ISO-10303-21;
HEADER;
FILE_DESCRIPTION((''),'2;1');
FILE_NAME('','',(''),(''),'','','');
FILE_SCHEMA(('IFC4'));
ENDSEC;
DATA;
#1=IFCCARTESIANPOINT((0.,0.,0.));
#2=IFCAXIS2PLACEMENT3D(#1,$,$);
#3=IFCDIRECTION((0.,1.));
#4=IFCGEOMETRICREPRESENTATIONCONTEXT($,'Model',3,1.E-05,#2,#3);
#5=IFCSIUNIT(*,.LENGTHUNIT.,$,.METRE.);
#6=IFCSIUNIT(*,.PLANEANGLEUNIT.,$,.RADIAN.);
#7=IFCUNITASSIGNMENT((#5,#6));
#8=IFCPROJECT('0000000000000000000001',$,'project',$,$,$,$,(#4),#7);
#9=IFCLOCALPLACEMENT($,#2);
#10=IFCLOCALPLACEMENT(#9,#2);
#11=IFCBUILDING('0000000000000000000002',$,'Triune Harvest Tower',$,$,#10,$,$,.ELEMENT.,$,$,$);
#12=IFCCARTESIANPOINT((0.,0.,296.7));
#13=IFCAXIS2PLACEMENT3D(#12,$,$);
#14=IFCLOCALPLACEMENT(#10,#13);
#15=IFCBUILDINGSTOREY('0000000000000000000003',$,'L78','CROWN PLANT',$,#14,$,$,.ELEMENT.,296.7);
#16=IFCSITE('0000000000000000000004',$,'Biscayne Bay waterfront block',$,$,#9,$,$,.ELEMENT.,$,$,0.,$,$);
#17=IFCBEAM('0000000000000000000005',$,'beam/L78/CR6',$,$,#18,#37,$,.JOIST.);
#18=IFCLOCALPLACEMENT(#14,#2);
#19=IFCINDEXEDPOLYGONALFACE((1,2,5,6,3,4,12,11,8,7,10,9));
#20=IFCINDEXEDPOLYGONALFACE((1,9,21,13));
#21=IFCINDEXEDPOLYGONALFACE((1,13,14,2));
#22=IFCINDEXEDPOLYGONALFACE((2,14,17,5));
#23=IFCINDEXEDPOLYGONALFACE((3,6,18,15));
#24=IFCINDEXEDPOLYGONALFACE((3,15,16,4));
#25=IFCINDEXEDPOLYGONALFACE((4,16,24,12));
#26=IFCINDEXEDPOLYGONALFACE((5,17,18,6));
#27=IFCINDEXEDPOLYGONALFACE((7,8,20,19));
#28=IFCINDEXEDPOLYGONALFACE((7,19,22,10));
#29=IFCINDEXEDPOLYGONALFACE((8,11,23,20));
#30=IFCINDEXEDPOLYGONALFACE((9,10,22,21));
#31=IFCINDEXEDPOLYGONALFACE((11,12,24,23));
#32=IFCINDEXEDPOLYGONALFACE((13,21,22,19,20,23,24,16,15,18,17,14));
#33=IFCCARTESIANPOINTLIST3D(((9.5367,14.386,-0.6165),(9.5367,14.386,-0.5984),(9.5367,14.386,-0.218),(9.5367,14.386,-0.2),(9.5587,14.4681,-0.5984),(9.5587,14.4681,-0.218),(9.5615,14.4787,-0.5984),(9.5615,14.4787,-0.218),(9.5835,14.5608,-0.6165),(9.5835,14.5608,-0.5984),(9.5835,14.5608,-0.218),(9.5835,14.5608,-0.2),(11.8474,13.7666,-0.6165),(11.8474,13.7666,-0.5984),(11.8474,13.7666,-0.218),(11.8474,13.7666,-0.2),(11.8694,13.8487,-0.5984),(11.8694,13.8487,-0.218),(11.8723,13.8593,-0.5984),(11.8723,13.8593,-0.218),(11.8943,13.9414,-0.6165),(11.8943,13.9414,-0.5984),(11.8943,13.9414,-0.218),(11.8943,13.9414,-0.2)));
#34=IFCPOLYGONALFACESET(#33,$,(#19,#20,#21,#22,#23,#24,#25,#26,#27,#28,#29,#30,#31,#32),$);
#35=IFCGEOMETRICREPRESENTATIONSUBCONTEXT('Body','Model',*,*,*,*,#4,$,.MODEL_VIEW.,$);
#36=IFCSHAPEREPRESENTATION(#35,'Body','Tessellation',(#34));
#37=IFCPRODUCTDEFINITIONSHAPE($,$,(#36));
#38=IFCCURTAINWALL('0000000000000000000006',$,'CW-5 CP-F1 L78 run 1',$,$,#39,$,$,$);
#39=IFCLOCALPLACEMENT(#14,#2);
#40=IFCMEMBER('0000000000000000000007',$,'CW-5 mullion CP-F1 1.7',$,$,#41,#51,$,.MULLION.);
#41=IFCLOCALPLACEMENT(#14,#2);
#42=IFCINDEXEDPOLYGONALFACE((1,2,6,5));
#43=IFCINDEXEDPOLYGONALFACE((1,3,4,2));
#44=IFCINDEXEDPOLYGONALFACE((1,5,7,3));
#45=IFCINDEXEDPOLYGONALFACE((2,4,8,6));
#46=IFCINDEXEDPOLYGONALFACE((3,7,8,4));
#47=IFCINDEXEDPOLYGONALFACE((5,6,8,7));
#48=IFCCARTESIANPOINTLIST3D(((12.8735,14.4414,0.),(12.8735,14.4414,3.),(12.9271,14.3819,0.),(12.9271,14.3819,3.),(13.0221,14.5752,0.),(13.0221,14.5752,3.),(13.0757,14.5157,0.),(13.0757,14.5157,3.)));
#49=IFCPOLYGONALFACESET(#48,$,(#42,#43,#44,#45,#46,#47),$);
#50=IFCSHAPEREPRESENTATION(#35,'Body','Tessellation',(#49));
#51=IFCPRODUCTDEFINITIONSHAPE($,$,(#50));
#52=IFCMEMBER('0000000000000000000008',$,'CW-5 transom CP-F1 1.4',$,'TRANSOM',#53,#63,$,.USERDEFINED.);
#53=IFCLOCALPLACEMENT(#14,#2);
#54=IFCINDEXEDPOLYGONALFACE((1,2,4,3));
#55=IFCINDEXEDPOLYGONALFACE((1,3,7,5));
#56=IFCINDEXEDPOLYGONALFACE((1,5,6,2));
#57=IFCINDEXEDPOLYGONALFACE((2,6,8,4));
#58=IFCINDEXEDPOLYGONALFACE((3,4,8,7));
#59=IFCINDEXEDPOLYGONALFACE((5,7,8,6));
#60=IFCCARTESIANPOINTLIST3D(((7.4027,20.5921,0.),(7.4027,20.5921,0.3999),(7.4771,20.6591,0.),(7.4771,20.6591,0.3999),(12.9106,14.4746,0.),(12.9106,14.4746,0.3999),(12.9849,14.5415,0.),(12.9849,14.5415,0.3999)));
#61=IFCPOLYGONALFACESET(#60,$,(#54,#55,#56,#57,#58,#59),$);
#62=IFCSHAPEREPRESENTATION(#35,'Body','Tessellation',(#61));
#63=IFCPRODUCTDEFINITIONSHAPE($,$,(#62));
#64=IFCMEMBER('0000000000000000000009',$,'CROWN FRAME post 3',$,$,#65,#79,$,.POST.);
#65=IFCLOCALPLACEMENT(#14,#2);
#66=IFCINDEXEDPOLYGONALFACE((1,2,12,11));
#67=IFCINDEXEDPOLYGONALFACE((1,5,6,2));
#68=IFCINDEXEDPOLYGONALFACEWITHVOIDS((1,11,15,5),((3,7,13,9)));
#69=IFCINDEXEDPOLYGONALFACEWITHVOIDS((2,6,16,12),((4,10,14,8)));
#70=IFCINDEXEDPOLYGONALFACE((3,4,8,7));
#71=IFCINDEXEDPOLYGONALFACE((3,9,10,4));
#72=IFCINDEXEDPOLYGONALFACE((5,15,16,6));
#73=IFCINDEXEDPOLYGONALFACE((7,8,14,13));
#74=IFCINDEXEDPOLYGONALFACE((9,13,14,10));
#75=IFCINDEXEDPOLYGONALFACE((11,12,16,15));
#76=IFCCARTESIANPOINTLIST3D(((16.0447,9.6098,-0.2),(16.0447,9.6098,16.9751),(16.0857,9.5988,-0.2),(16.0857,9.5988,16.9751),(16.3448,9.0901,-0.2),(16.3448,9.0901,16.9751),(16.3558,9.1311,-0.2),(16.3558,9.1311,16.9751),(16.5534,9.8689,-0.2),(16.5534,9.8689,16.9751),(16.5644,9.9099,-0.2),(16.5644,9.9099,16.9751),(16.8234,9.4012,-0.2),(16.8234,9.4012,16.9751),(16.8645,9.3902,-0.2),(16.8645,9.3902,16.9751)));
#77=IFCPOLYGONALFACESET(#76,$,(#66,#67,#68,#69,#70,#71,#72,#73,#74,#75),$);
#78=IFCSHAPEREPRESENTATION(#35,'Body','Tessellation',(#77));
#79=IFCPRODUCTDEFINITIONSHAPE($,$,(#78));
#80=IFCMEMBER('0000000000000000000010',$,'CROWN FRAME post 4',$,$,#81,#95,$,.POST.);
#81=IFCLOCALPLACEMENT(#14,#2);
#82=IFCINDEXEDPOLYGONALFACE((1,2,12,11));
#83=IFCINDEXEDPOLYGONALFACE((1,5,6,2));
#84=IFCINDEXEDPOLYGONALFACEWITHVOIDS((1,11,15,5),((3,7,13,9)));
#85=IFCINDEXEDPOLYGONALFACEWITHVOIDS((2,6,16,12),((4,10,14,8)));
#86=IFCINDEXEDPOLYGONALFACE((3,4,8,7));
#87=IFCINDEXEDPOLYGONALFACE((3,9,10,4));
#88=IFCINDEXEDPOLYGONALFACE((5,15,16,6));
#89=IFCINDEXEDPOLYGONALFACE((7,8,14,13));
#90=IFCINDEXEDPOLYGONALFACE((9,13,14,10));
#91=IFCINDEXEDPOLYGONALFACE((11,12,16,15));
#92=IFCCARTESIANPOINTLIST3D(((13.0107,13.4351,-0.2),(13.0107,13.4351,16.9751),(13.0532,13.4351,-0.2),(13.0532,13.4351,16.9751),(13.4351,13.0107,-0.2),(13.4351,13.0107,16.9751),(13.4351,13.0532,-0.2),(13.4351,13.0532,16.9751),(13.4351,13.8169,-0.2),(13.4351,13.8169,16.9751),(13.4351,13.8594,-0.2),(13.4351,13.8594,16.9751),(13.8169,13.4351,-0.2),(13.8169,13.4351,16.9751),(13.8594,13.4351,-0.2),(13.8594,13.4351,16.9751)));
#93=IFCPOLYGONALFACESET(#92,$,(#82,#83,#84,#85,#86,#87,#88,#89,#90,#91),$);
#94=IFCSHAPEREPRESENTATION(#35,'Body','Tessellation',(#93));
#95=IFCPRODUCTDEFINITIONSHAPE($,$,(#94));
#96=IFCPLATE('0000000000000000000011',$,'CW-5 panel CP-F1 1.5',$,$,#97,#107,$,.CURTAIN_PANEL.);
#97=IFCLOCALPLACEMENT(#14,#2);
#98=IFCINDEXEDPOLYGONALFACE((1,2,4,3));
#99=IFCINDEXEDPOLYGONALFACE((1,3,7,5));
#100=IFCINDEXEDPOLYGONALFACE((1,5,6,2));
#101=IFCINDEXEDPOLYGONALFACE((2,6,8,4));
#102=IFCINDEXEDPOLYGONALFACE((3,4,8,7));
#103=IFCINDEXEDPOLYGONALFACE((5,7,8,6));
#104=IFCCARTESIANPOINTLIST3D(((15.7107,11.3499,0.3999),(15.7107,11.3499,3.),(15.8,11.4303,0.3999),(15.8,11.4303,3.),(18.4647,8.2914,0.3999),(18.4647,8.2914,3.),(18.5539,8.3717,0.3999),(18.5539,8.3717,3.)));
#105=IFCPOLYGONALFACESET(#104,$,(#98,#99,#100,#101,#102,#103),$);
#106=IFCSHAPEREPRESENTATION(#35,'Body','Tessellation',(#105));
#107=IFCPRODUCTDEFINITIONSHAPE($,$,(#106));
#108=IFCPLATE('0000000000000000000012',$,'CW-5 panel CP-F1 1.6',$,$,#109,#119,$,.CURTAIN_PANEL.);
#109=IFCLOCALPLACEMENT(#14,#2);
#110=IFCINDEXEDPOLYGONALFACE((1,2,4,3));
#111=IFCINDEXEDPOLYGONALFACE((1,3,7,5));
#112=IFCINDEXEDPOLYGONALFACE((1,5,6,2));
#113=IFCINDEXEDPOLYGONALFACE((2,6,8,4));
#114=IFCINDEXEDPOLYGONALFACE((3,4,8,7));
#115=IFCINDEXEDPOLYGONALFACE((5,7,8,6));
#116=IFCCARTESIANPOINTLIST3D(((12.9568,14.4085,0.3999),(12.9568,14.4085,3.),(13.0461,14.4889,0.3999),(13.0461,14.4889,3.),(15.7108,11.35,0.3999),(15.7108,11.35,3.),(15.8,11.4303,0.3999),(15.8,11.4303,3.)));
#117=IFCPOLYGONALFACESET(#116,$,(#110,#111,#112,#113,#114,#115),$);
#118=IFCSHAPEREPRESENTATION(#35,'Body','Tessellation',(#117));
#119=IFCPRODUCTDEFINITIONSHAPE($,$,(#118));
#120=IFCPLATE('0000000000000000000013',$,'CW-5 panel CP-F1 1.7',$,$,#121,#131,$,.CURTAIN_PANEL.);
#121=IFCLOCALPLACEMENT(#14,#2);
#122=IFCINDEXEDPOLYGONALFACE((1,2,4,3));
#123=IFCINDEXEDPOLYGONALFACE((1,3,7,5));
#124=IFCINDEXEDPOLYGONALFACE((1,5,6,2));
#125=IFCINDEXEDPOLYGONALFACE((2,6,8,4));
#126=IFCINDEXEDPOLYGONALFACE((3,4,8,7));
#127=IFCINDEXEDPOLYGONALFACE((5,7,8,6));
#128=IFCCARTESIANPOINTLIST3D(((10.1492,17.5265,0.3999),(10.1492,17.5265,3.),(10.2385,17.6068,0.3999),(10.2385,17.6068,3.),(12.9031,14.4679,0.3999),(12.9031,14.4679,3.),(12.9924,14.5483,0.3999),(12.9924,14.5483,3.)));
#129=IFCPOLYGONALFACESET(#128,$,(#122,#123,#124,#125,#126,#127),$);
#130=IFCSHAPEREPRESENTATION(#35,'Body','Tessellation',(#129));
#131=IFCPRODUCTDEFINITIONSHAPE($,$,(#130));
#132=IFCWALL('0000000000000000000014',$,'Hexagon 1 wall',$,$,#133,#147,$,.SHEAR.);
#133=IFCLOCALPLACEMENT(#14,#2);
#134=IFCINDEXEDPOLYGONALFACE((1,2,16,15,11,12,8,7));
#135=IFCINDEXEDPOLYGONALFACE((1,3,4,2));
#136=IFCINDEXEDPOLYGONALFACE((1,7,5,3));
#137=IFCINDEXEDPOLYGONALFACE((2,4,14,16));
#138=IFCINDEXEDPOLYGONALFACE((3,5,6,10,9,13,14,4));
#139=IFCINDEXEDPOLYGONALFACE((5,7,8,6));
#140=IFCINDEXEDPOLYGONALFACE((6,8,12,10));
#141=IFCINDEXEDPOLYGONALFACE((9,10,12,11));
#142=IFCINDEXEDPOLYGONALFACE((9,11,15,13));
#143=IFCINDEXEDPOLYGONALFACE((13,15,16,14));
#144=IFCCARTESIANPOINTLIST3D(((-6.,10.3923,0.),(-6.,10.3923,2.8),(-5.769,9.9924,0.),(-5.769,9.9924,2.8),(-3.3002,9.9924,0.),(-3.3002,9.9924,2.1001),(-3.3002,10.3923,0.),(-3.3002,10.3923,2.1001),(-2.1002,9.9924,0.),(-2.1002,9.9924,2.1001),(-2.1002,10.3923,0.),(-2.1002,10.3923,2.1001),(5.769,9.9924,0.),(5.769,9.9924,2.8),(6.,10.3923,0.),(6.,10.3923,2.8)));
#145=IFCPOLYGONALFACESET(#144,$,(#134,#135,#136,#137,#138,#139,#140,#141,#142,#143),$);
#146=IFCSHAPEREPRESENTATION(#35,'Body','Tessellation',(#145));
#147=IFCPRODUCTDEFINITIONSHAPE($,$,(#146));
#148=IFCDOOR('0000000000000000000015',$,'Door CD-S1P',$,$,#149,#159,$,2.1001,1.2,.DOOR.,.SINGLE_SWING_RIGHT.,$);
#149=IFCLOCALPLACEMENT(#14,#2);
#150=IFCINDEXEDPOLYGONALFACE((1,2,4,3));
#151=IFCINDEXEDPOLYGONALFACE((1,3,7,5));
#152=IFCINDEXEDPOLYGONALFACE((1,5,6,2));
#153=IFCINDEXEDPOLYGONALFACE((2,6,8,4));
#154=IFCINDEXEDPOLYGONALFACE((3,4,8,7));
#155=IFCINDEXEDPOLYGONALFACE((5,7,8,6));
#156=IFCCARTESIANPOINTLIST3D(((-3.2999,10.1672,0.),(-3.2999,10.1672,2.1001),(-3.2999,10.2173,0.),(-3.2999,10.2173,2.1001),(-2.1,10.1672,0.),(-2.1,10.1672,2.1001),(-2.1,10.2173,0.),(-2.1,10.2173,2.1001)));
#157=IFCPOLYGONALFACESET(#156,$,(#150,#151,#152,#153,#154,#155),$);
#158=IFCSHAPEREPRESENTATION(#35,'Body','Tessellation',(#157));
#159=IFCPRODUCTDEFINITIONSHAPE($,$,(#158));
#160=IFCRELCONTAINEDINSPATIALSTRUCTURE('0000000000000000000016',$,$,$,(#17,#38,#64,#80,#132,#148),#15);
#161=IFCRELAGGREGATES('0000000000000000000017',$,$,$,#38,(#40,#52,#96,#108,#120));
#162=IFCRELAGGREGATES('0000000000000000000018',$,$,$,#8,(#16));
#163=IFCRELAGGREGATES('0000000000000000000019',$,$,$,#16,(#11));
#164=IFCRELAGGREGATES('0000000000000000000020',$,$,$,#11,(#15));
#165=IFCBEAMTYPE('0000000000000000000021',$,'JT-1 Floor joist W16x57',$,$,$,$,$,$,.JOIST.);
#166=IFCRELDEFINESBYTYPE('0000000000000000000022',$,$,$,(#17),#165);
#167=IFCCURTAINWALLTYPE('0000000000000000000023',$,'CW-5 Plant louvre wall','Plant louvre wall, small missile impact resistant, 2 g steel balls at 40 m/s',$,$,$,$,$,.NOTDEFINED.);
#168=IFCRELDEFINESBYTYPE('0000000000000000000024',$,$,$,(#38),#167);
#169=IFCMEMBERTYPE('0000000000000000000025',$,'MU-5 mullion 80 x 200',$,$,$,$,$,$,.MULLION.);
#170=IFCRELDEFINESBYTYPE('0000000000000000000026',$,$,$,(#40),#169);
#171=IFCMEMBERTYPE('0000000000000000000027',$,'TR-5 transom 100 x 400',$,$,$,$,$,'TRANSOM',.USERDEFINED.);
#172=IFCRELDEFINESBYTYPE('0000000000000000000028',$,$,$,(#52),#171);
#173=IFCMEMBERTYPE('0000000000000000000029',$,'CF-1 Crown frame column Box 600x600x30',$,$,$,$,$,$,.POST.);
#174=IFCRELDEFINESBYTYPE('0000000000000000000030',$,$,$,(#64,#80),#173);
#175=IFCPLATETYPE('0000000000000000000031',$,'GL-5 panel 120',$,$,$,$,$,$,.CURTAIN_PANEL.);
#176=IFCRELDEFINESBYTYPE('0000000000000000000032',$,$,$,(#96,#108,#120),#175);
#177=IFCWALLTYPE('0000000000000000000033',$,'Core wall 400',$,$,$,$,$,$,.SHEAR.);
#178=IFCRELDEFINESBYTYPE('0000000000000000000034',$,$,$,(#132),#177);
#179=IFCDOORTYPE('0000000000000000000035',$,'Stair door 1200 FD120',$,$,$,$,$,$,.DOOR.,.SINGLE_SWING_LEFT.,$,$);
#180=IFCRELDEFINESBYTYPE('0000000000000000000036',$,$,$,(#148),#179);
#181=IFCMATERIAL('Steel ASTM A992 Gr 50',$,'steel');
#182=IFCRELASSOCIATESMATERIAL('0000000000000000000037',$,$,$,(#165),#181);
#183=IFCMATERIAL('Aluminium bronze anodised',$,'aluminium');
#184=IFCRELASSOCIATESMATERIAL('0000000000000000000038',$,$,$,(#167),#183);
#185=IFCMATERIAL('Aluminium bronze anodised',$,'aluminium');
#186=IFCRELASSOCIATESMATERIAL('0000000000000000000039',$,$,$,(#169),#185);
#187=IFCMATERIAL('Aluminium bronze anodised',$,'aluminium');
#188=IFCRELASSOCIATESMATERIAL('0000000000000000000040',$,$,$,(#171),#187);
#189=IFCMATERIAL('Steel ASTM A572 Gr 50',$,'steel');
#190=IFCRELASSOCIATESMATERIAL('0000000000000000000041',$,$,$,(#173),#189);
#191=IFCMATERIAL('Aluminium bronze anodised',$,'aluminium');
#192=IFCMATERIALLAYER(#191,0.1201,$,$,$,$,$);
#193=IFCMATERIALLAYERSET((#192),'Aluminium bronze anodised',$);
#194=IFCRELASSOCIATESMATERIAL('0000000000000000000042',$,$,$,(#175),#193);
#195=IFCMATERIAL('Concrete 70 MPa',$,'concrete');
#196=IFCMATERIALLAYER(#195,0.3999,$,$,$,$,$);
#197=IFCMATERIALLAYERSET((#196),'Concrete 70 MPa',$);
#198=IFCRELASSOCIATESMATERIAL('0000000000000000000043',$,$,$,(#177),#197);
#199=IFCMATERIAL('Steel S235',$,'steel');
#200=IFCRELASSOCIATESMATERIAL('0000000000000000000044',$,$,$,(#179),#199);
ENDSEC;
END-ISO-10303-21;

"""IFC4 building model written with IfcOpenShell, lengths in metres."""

from ifc_helpers import new_model, si_unit, direction, frame, frame_2d, origin, origin_2d, place, context, subcontext, project, spatial, polyline, rectangle, hollow_rectangle, i_section, outline, extrude, source, transform, mapped, material, layer, layer_set, material_profile, profile_set, type_object, element, fill, aggregate, save


model = new_model("IFC4")

# Units and contexts
model_context = context("Model", 3, precision=1e-05, world=origin(), true_north=direction((0.0, 1.0)))
body_context = subcontext(model_context, "Body", "Model", "MODEL_VIEW")
ifc_project = project(units=[si_unit("LENGTHUNIT", "METRE"), si_unit("PLANEANGLEUNIT", "RADIAN")], contexts=[model_context])

# Site, building, storey
site_placement = place(None, origin())
site = spatial("IfcSite", under=ifc_project, at=site_placement, Name="Biscayne Bay waterfront block", CompositionType="ELEMENT", RefElevation=0.0)
building_placement = place(site_placement, origin())
building = spatial("IfcBuilding", under=site, at=building_placement, Name="Triune Harvest Tower", CompositionType="ELEMENT")
storey_placement = place(building_placement, frame((0.0, 0.0, 296.7)))
storey = spatial("IfcBuildingStorey", under=building, at=storey_placement, Name="L78", Description="CROWN PLANT", CompositionType="ELEMENT", Elevation=296.7)

# Beam
ifc_material_1 = material(Name="Steel ASTM A992 Gr 50", Category="steel")
ifc_material_profile_1 = material_profile(ifc_material_1, i_section(OverallWidth=0.1809, OverallDepth=0.4165, WebThickness=0.011, FlangeThickness=0.0181, at=origin_2d()), Name="W16x57")
ifc_profile_set_1 = profile_set([ifc_material_profile_1], Name="Steel ASTM A992 Gr 50")
beam_type_1 = type_object("IfcBeamType", Name="JT-1 Floor joist W16x57", PredefinedType="JOIST", material=ifc_profile_set_1)
shared_shape_1 = source(origin(), body_context, "Body", "SweptSolid", [
    extrude(i_section(OverallWidth=0.1809, OverallDepth=0.4165, WebThickness=0.011, FlangeThickness=0.0181, at=origin_2d()), origin(), (0.0, 0.0, 1.0), 2.3923),
])
beam_1_placement = place(storey_placement, frame((11.8708, 13.854, -0.4082), z_axis=(-0.965904, 0.258901, 0.0), x_axis=(-0.258901, -0.965904, 0.0)))
element("IfcBeam", 1, at=beam_1_placement, inside=storey, type_object=beam_type_1, Name="beam/L78/CR6", PredefinedType="JOIST", context=body_context, shape_type="MappedRepresentation", body=[
    mapped(shared_shape_1, transform((0.0, 0.0, 0.0), scale=1.0)),
])

# Curtain wall, members
ifc_material_2 = material(Name="Aluminium bronze anodised", Category="aluminium")
curtain_wall_type = type_object("IfcCurtainWallType", Name="CW-5 Plant louvre wall", Description="Plant louvre wall, small missile impact resistant, 2 g steel balls at 40 m/s", PredefinedType="NOTDEFINED", material=ifc_material_2)
curtain_wall_placement = place(storey_placement, origin())
curtain_wall = element("IfcCurtainWall", 2, at=curtain_wall_placement, inside=storey, type_object=curtain_wall_type, Name="CW-5 CP-F1 L78 run 1")
ifc_material_3 = material(Name="Aluminium bronze anodised", Category="aluminium")
ifc_material_profile_2 = material_profile(ifc_material_3, rectangle(XDim=0.2, YDim=0.0801, at=origin_2d()), Name="MU-5 mullion 80 x 200")
ifc_profile_set_2 = profile_set([ifc_material_profile_2], Name="Aluminium bronze anodised")
member_type_1 = type_object("IfcMemberType", Name="MU-5 mullion 80 x 200", PredefinedType="MULLION", material=ifc_profile_set_2)
shared_shape_2 = source(origin(), body_context, "Body", "SweptSolid", [
    extrude(rectangle(XDim=0.2, YDim=0.0801, at=origin_2d()), origin(), (0.0, 0.0, 1.0), 3.0),
])
member_1_placement = place(storey_placement, frame((12.9746, 14.4785, 0.0), z_axis=(0.0, 0.0, 1.0), x_axis=(-0.743144, -0.669131, 0.0)))
member_1 = element("IfcMember", 3, at=member_1_placement, type_object=member_type_1, Name="CW-5 mullion CP-F1 1.7", PredefinedType="MULLION", context=body_context, shape_type="MappedRepresentation", body=[
    mapped(shared_shape_2, transform((0.0, 0.0, 0.0), scale=1.0)),
])
ifc_material_4 = material(Name="Aluminium bronze anodised", Category="aluminium")
ifc_material_profile_3 = material_profile(ifc_material_4, rectangle(XDim=0.1001, YDim=0.3999, at=origin_2d()), Name="TR-5 transom 100 x 400")
ifc_profile_set_3 = profile_set([ifc_material_profile_3], Name="Aluminium bronze anodised")
member_type_2 = type_object("IfcMemberType", Name="TR-5 transom 100 x 400", ElementType="TRANSOM", PredefinedType="USERDEFINED", material=ifc_profile_set_3)
shared_shape_3 = source(origin(), body_context, "Body", "SweptSolid", [
    extrude(rectangle(XDim=0.1001, YDim=0.3999, at=origin_2d()), origin(), (0.0, 0.0, 1.0), 8.2317),
])
member_2_placement = place(storey_placement, frame((12.9478, 14.5081, 0.2), z_axis=(-0.669107, 0.743166, 0.0), x_axis=(-0.743166, -0.669107, 0.0)))
member_2 = element("IfcMember", 4, at=member_2_placement, type_object=member_type_2, Name="CW-5 transom CP-F1 1.4", ObjectType="TRANSOM", PredefinedType="USERDEFINED", context=body_context, shape_type="MappedRepresentation", body=[
    mapped(shared_shape_3, transform((0.0, 0.0, 0.0), scale=1.0)),
])

# Members
ifc_material_5 = material(Name="Steel ASTM A572 Gr 50", Category="steel")
ifc_material_profile_4 = material_profile(ifc_material_5, hollow_rectangle(XDim=0.6001, YDim=0.6001, WallThickness=0.03, at=origin_2d()), Name="Box 600x600x30")
ifc_profile_set_4 = profile_set([ifc_material_profile_4], Name="Steel ASTM A572 Gr 50")
member_type_3 = type_object("IfcMemberType", Name="CF-1 Crown frame column Box 600x600x30", PredefinedType="POST", material=ifc_profile_set_4)
shared_shape_4 = source(origin(), body_context, "Body", "SweptSolid", [
    extrude(hollow_rectangle(XDim=0.6001, YDim=0.6001, WallThickness=0.03, at=origin_2d()), origin(), (0.0, 0.0, 1.0), 17.175),
])
for number, where, z_axis, x_axis, name in (
    (5, (16.4546, 9.5, -0.2), (0.0, 0.0, 1.0), (-0.5, 0.866025, 0.0), "CROWN FRAME post 3"),
    (6, (13.4351, 13.4351, -0.2), (0.0, 0.0, 1.0), (-0.707107, 0.707107, 0.0), "CROWN FRAME post 4"),
):
    element("IfcMember", number, at=place(storey_placement, frame(where, z_axis=z_axis, x_axis=x_axis)), inside=storey, type_object=member_type_3, Name=name, PredefinedType="POST", context=body_context, shape_type="MappedRepresentation", body=[
        mapped(shared_shape_4, transform((0.0, 0.0, 0.0), scale=1.0)),
    ])

# Plates
ifc_material_6 = material(Name="Aluminium bronze anodised", Category="aluminium")
ifc_layer_1 = layer(ifc_material_6, 0.1201)
ifc_layer_set_1 = layer_set([ifc_layer_1], Name="Aluminium bronze anodised")
plate_type = type_object("IfcPlateType", Name="GL-5 panel 120", PredefinedType="CURTAIN_PANEL", material=ifc_layer_set_1)
shared_shape_5 = source(origin(), body_context, "Body", "SweptSolid", [
    extrude(rectangle(XDim=4.1157, YDim=0.1201, at=origin_2d()), origin(), (0.0, 0.0, 1.0), 2.6001),
])
plate_1_placement = place(storey_placement, frame((17.1323, 9.8608, 0.3999), z_axis=(0.0, 0.0, 1.0), x_axis=(-0.669131, 0.743144, 0.0)))
plate_1 = element("IfcPlate", 7, at=plate_1_placement, type_object=plate_type, Name="CW-5 panel CP-F1 1.5", PredefinedType="CURTAIN_PANEL", context=body_context, shape_type="MappedRepresentation", body=[
    mapped(shared_shape_5, transform((0.0, 0.0, 0.0), scale=1.0)),
])
plate_2_placement = place(storey_placement, frame((14.3784, 12.9194, 0.3999), z_axis=(0.0, 0.0, 1.0), x_axis=(-0.669131, 0.743144, 0.0)))
plate_2 = element("IfcPlate", 8, at=plate_2_placement, type_object=plate_type, Name="CW-5 panel CP-F1 1.6", PredefinedType="CURTAIN_PANEL", context=body_context, shape_type="MappedRepresentation", body=[
    mapped(shared_shape_5, transform((0.0, 0.0, 0.0), scale=1.0)),
])
plate_3_placement = place(storey_placement, frame((11.5708, 16.0374, 0.3999), z_axis=(0.0, 0.0, 1.0), x_axis=(-0.669131, 0.743144, 0.0)))
plate_3 = element("IfcPlate", 9, at=plate_3_placement, type_object=plate_type, Name="CW-5 panel CP-F1 1.7", PredefinedType="CURTAIN_PANEL", context=body_context, shape_type="MappedRepresentation", body=[
    mapped(shared_shape_5, transform((0.0, 0.0, 0.0), scale=1.0)),
])
aggregate(curtain_wall, [member_1, member_2, plate_1, plate_2, plate_3])

# Wall, opening, door
ifc_material_7 = material(Name="Concrete 70 MPa", Category="concrete")
ifc_layer_2 = layer(ifc_material_7, 0.3999)
ifc_layer_set_2 = layer_set([ifc_layer_2], Name="Concrete 70 MPa")
wall_type_1 = type_object("IfcWallType", Name="Core wall 400", PredefinedType="SHEAR", material=ifc_layer_set_2)
shared_shape_6 = source(origin(), body_context, "Body", "SweptSolid", [
    extrude(outline(polyline([(-0.1155, -0.2), (11.8845, -0.2), (11.6536, 0.2), (0.1155, 0.2), (-0.1155, -0.2)])), origin(), (0.0, 0.0, 1.0), 2.8),
])
wall_1_placement = place(storey_placement, frame((5.8845, 10.1924, 0.0), z_axis=(0.0, 0.0, 1.0), x_axis=(-1.0, 0.0, 0.0)))
wall_1 = element("IfcWall", 10, at=wall_1_placement, inside=storey, type_object=wall_type_1, Name="Hexagon 1 wall", PredefinedType="SHEAR", context=body_context, shape_type="MappedRepresentation", body=[
    mapped(shared_shape_6, transform((0.0, 0.0, 0.0), scale=1.0)),
])
opening_1_placement = place(wall_1_placement, frame((7.9846, 0.0, 0.0)))
opening_1 = element("IfcOpeningElement", 11, at=opening_1_placement, cuts=wall_1, PredefinedType="OPENING", context=body_context, shape_type="SweptSolid", body=[
    extrude(rectangle(XDim=1.2, YDim=2.1001, at=frame_2d((0.6001, 1.05))), frame((0.0, 0.21, 0.0), z_axis=(0.0, -1.0, 0.0), x_axis=(1.0, 0.0, 0.0)), (0.0, 0.0, 1.0), 0.4199),
])
ifc_material_8 = material(Name="Steel S235", Category="steel")
door_type_1 = type_object("IfcDoorType", Name="Stair door 1200 FD120", OperationType="SINGLE_SWING_LEFT", PredefinedType="DOOR", material=ifc_material_8)
door_1_placement = place(opening_1_placement, frame((1.2, 0.0, 0.0), z_axis=(0.0, 0.0, 1.0), x_axis=(-1.0, 0.0, 0.0)))
door_1 = element("IfcDoor", 12, at=door_1_placement, inside=storey, type_object=door_type_1, Name="Door CD-S1P", OperationType="SINGLE_SWING_RIGHT", OverallHeight=2.1001, OverallWidth=1.2, PredefinedType="DOOR", context=body_context, shape_type="SweptSolid", body=[
    extrude(rectangle(XDim=1.2, YDim=2.1001, at=frame_2d((0.6001, 1.05))), frame((0.0, 0.0249, 0.0), z_axis=(0.0, -1.0, 0.0), x_axis=(1.0, 0.0, 0.0)), (0.0, 0.0, 1.0), 0.05),
])
fill(opening_1, door_1)

save(model, "model.ifc")
